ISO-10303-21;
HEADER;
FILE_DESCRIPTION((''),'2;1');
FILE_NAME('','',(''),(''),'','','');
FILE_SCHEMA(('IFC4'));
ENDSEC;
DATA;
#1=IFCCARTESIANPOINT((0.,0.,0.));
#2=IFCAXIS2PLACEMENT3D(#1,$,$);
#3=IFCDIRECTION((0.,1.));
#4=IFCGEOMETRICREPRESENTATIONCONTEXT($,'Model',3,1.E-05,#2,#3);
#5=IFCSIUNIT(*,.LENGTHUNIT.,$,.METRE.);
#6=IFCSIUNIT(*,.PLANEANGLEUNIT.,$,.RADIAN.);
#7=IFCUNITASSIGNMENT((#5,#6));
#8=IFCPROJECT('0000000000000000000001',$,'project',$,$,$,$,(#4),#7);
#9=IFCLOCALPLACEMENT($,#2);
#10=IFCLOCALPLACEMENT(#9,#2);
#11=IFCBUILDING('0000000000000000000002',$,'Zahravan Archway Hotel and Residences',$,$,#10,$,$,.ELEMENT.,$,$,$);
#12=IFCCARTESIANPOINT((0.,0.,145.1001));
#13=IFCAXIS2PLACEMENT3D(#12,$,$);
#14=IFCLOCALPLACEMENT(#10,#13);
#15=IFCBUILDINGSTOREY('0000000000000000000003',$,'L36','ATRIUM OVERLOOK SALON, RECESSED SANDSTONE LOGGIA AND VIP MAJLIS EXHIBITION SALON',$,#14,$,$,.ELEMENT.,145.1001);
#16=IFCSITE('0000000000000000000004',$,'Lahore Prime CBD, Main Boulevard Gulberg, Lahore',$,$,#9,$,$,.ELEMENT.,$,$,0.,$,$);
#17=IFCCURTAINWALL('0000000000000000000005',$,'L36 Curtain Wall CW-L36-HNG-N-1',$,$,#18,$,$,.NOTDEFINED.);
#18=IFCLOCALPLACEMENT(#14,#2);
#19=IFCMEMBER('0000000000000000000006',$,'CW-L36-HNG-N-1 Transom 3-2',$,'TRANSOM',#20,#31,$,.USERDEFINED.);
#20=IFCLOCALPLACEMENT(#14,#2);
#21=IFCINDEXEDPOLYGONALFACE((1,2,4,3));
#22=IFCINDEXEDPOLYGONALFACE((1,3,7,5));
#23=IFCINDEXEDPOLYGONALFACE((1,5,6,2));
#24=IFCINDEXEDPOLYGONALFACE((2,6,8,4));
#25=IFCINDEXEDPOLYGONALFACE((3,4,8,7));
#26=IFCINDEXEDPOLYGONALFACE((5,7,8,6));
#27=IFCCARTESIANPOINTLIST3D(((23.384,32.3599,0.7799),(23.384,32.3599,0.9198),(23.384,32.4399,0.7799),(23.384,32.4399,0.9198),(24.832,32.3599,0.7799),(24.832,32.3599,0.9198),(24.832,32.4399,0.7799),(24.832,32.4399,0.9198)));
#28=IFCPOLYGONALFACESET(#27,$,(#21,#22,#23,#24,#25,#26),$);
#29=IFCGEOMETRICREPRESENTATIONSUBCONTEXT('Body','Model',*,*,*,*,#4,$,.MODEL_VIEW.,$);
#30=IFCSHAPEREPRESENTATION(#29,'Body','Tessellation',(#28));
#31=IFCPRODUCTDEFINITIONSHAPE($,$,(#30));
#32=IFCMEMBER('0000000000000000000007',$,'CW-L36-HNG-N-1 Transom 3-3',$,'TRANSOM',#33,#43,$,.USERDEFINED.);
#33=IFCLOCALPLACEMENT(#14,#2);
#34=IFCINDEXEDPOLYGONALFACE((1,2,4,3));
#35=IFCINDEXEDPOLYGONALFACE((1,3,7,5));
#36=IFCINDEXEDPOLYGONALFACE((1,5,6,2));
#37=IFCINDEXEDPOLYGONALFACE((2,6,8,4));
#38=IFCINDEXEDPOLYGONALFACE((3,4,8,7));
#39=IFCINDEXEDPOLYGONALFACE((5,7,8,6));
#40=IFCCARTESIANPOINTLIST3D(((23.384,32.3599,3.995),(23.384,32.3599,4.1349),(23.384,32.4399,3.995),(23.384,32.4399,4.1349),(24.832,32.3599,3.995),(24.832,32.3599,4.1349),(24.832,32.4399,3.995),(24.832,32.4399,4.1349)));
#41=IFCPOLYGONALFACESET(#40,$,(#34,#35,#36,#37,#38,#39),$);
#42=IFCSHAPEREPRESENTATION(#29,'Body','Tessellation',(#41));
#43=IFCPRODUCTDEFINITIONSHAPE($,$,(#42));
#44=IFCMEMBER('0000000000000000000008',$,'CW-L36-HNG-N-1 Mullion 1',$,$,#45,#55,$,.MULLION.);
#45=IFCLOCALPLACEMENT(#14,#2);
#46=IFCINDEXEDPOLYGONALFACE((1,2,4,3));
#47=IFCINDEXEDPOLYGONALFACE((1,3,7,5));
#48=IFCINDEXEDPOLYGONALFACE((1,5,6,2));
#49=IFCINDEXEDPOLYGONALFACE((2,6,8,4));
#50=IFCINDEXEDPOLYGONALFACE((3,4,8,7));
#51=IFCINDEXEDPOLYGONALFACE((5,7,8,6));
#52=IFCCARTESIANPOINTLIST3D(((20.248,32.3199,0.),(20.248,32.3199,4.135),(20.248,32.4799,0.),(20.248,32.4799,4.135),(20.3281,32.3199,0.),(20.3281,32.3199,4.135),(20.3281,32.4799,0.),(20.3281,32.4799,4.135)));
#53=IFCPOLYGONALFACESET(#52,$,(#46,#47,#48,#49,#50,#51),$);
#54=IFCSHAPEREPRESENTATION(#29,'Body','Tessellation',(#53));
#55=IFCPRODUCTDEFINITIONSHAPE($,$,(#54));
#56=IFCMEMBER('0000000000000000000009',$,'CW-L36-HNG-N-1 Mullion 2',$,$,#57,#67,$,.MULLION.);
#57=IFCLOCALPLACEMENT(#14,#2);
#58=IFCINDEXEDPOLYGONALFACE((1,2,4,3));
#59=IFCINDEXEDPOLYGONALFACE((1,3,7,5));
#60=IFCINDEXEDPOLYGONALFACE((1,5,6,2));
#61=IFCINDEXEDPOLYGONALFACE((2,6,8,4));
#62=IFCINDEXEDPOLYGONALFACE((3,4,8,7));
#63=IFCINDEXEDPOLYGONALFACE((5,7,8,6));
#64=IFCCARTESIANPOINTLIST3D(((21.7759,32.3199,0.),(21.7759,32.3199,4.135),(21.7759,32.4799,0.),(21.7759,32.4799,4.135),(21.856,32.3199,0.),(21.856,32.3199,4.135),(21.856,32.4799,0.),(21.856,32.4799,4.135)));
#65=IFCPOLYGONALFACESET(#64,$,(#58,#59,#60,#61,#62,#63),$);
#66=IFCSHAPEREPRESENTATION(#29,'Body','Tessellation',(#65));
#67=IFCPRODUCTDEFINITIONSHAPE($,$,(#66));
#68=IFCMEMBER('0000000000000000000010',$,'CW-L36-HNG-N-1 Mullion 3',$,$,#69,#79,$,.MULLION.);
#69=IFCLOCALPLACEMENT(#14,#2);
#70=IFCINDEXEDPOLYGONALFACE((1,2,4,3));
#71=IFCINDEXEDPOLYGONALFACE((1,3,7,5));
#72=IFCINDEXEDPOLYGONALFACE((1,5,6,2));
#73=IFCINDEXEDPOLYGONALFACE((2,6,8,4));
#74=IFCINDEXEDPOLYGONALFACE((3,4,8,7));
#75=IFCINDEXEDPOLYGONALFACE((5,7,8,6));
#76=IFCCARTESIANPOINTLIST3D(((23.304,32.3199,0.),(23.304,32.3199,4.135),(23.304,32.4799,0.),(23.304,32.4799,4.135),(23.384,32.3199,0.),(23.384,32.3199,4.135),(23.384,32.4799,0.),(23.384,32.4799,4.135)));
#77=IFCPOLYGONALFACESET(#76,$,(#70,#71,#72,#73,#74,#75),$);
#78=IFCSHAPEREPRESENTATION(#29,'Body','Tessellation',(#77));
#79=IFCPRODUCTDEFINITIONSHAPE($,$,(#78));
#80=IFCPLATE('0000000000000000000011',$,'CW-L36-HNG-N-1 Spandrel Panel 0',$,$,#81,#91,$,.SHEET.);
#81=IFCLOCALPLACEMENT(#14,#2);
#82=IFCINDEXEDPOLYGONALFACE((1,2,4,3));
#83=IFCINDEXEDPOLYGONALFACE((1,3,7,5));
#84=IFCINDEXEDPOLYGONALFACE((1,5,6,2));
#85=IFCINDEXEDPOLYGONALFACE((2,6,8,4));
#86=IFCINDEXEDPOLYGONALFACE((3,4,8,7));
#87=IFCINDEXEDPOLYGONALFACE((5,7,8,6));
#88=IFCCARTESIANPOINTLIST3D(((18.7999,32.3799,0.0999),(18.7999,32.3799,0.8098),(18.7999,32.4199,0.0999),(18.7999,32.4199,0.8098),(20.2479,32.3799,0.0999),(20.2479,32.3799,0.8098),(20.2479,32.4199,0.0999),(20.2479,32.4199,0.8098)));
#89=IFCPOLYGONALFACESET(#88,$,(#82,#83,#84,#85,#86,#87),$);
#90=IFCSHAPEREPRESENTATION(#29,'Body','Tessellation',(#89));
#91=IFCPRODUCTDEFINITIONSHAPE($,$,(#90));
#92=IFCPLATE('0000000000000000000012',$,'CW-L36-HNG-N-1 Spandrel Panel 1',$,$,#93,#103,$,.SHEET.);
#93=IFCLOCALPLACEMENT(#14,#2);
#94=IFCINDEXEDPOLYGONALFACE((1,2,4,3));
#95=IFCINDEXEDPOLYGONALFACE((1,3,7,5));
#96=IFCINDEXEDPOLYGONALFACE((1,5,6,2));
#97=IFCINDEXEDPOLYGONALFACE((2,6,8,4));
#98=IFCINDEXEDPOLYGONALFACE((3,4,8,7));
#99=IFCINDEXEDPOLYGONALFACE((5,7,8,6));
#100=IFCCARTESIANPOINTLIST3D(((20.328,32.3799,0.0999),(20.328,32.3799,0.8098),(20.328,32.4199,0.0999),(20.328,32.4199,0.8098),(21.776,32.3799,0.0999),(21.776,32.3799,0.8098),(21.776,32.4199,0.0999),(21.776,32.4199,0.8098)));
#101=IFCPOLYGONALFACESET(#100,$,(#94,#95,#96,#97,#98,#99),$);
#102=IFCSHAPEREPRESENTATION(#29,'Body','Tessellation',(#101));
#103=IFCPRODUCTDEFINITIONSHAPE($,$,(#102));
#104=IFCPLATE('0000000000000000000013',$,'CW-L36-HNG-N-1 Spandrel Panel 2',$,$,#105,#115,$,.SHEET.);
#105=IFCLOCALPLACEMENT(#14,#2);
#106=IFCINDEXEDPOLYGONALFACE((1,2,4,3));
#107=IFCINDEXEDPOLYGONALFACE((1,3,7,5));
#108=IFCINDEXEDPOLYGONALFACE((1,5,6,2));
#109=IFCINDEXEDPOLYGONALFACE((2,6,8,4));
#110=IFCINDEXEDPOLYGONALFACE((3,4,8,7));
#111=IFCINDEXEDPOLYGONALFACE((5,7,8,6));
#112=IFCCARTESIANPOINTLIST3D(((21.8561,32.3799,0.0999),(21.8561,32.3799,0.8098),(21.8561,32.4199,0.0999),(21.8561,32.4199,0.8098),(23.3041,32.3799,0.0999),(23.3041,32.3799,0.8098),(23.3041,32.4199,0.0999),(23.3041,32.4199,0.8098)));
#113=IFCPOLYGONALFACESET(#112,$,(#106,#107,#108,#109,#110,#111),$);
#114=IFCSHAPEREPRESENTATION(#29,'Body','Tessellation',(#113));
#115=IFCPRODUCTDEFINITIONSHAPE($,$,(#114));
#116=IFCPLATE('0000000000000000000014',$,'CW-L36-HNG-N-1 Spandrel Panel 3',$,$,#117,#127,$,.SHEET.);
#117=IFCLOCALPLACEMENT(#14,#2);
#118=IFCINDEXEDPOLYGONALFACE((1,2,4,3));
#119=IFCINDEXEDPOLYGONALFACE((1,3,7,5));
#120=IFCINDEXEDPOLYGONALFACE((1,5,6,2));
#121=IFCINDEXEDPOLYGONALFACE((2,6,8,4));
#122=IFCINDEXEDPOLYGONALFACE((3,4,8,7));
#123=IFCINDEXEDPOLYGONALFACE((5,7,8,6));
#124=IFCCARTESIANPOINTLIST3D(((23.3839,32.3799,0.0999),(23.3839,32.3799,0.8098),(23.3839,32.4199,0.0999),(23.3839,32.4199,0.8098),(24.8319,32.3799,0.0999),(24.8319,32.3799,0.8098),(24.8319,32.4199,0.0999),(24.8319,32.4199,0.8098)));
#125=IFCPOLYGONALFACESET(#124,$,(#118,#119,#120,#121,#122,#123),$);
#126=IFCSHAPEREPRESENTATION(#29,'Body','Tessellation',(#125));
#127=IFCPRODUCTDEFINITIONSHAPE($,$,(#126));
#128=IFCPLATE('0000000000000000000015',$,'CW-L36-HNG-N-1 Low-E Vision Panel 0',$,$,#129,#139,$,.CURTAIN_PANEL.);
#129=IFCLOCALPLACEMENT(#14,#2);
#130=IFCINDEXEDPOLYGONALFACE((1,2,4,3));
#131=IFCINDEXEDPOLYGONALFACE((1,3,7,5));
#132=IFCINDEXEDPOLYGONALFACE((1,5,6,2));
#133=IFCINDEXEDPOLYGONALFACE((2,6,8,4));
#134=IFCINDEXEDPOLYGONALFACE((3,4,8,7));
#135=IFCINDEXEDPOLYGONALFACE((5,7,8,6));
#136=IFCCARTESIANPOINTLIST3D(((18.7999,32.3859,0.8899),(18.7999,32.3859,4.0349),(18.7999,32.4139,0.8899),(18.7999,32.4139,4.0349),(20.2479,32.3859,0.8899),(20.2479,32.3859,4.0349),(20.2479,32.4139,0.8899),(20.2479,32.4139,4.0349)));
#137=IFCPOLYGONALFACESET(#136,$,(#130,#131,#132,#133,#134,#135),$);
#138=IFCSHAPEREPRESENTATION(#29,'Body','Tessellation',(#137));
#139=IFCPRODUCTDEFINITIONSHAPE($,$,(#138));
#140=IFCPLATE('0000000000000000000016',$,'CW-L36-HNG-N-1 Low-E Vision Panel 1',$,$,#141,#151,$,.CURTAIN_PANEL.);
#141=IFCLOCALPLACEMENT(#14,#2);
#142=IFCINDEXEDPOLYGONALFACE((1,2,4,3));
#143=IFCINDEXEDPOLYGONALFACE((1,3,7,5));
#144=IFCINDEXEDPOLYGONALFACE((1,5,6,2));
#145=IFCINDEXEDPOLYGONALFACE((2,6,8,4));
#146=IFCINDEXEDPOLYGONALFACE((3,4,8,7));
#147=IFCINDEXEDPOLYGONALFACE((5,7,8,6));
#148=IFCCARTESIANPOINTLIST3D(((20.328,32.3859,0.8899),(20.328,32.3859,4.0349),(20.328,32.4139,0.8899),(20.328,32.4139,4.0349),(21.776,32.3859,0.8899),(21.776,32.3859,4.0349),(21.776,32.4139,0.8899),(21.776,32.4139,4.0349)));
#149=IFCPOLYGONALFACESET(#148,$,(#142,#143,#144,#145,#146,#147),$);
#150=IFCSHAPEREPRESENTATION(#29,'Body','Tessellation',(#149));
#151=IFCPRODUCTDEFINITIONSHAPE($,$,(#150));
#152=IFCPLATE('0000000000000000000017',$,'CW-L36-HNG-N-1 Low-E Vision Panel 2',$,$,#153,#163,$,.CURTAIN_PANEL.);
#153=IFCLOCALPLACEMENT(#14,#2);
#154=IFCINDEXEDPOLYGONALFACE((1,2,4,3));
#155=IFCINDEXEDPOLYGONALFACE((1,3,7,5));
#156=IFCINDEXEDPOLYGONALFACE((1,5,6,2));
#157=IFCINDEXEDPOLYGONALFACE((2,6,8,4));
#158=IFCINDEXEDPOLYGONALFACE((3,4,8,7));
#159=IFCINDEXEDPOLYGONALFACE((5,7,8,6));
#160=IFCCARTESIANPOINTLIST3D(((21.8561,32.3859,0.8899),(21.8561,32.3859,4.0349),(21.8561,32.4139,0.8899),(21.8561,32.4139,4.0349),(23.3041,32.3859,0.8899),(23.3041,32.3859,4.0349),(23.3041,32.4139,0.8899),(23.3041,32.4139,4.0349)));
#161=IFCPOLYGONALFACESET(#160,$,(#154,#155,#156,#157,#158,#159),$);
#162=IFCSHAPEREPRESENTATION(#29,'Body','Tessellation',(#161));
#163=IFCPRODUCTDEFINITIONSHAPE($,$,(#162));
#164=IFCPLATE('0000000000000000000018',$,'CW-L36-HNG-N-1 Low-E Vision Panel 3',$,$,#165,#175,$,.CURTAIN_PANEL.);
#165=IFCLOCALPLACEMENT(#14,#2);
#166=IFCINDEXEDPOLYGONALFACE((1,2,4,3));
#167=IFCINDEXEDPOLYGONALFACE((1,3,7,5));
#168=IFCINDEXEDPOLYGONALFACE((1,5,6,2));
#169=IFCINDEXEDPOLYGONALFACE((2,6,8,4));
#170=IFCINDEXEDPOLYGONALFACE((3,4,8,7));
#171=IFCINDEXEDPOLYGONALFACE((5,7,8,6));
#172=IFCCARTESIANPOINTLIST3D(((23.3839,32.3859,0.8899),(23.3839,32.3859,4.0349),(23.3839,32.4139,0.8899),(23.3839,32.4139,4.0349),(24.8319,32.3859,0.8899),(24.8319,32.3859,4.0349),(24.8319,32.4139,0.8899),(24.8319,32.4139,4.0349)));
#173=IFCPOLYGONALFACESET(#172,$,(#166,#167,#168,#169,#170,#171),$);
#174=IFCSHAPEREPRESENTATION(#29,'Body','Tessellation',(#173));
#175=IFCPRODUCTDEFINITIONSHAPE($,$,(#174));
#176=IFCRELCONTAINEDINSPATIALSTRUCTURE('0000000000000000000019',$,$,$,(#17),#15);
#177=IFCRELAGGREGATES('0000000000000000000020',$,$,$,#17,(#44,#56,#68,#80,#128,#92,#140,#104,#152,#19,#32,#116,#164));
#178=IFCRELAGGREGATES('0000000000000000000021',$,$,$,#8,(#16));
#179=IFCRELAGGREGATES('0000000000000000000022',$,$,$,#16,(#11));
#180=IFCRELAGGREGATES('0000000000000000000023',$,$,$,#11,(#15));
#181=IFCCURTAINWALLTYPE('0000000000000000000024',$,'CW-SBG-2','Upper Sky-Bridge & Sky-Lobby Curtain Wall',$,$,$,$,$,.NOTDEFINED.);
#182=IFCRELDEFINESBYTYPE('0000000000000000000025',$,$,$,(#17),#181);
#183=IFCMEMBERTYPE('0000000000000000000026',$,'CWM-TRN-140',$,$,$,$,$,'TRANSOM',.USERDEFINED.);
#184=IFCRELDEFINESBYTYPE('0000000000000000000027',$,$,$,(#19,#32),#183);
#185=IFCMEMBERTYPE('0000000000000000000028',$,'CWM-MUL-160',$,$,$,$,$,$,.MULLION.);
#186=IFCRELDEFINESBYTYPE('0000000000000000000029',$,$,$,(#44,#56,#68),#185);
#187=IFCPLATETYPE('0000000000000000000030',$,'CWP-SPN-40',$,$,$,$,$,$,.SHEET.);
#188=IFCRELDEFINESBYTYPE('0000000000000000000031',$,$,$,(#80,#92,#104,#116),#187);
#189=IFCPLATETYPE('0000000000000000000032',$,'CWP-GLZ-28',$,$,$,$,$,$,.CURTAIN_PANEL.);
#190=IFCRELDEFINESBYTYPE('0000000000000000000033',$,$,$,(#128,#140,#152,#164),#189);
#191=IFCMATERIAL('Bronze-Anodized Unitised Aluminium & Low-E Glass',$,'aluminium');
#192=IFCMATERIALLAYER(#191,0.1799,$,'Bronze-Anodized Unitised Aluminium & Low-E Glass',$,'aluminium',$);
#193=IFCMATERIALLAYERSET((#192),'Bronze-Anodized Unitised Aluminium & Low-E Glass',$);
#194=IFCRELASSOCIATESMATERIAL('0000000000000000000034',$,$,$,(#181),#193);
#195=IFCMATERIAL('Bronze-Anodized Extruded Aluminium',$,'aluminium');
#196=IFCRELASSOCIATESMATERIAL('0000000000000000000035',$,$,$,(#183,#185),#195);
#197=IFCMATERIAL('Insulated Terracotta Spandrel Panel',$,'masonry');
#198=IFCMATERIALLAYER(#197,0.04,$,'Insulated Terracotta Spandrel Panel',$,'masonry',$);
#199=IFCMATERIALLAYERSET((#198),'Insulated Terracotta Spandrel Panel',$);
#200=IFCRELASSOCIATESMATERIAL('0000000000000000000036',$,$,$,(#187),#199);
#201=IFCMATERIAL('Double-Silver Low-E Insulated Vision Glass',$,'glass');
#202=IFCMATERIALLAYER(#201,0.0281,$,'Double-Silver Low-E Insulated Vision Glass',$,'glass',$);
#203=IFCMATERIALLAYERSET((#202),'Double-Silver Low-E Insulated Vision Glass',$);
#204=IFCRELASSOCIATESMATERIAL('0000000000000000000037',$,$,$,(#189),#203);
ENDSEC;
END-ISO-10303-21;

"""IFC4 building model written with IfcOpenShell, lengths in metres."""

from ifc_helpers import new_model, si_unit, direction, frame, origin, origin_2d, place, context, subcontext, project, spatial, rectangle, extrude, source, transform, mapped, material, layer, layer_set, material_profile, profile_set, type_object, element, aggregate, save


model = new_model("IFC4")

# Units and contexts
model_context = context("Model", 3, precision=1e-05, world=origin(), true_north=direction((0.0, 1.0)))
body_context = subcontext(model_context, "Body", "Model", "MODEL_VIEW")
ifc_project = project(units=[si_unit("LENGTHUNIT", "METRE"), si_unit("PLANEANGLEUNIT", "RADIAN")], contexts=[model_context])

# Site, building, storey
site_placement = place(None, origin())
site = spatial("IfcSite", under=ifc_project, at=site_placement, Name="Lahore Prime CBD, Main Boulevard Gulberg, Lahore", CompositionType="ELEMENT", RefElevation=0.0)
building_placement = place(site_placement, origin())
building = spatial("IfcBuilding", under=site, at=building_placement, Name="Zahravan Archway Hotel and Residences", CompositionType="ELEMENT")
storey_placement = place(building_placement, frame((0.0, 0.0, 145.1001)))
storey = spatial("IfcBuildingStorey", under=building, at=storey_placement, Name="L36", Description="ATRIUM OVERLOOK SALON, RECESSED SANDSTONE LOGGIA AND VIP MAJLIS EXHIBITION SALON", CompositionType="ELEMENT", Elevation=145.1001)

# Curtain wall, members, plates
ifc_material_1 = material(Name="Bronze-Anodized Unitised Aluminium & Low-E Glass", Category="aluminium")
ifc_layer_1 = layer(ifc_material_1, 0.1799, Name="Bronze-Anodized Unitised Aluminium & Low-E Glass", Category="aluminium")
ifc_layer_set_1 = layer_set([ifc_layer_1], Name="Bronze-Anodized Unitised Aluminium & Low-E Glass")
curtain_wall_type = type_object("IfcCurtainWallType", Name="CW-SBG-2", Description="Upper Sky-Bridge & Sky-Lobby Curtain Wall", PredefinedType="NOTDEFINED", material=ifc_layer_set_1)
curtain_wall_placement = place(storey_placement, origin())
curtain_wall = element("IfcCurtainWall", 1, at=curtain_wall_placement, inside=storey, type_object=curtain_wall_type, Name="L36 Curtain Wall CW-L36-HNG-N-1", PredefinedType="NOTDEFINED")
ifc_material_2 = material(Name="Bronze-Anodized Extruded Aluminium", Category="aluminium")
ifc_material_profile_1 = material_profile(ifc_material_2, rectangle(XDim=0.0801, YDim=0.1399, at=origin_2d()), Name="TRN 80x140", Category="aluminium")
ifc_profile_set_1 = profile_set([ifc_material_profile_1], Name="Bronze-Anodized Extruded Aluminium")
member_type_1 = type_object("IfcMemberType", Name="CWM-TRN-140", ElementType="TRANSOM", PredefinedType="USERDEFINED", material=ifc_profile_set_1)
shared_shape_1 = source(origin(), body_context, "Body", "SweptSolid", [
    extrude(rectangle(XDim=0.0801, YDim=0.1399, at=origin_2d()), origin(), (0.0, 0.0, 1.0), 1.448),
])
member_1_placement = place(storey_placement, frame((23.384, 32.3999, 0.8499), z_axis=(1.0, 0.0, 0.0), x_axis=(0.0, 1.0, 0.0)))
member_1 = element("IfcMember", 2, at=member_1_placement, type_object=member_type_1, Name="CW-L36-HNG-N-1 Transom 3-2", ObjectType="TRANSOM", PredefinedType="USERDEFINED", context=body_context, shape_type="MappedRepresentation", body=[
    mapped(shared_shape_1, transform((0.0, 0.0, 0.0), scale=1.0)),
])
member_2_placement = place(storey_placement, frame((23.384, 32.3999, 4.0649), z_axis=(1.0, 0.0, 0.0), x_axis=(0.0, 1.0, 0.0)))
member_2 = element("IfcMember", 3, at=member_2_placement, type_object=member_type_1, Name="CW-L36-HNG-N-1 Transom 3-3", ObjectType="TRANSOM", PredefinedType="USERDEFINED", context=body_context, shape_type="MappedRepresentation", body=[
    mapped(shared_shape_1, transform((0.0, 0.0, 0.0), scale=1.0)),
])
ifc_material_profile_2 = material_profile(ifc_material_2, rectangle(XDim=0.0801, YDim=0.1599, at=origin_2d()), Name="MUL 80x160", Category="aluminium")
ifc_profile_set_2 = profile_set([ifc_material_profile_2], Name="Bronze-Anodized Extruded Aluminium")
member_type_2 = type_object("IfcMemberType", Name="CWM-MUL-160", PredefinedType="MULLION", material=ifc_profile_set_2)
shared_shape_2 = source(origin(), body_context, "Body", "SweptSolid", [
    extrude(rectangle(XDim=0.0801, YDim=0.1599, at=origin_2d()), origin(), (0.0, 0.0, 1.0), 4.135),
])
member_3_placement = place(storey_placement, frame((20.2881, 32.3999, 0.0), z_axis=(0.0, 0.0, 1.0), x_axis=(1.0, 0.0, 0.0)))
member_3 = element("IfcMember", 4, at=member_3_placement, type_object=member_type_2, Name="CW-L36-HNG-N-1 Mullion 1", PredefinedType="MULLION", context=body_context, shape_type="MappedRepresentation", body=[
    mapped(shared_shape_2, transform((0.0, 0.0, 0.0), scale=1.0)),
])
member_4_placement = place(storey_placement, frame((21.8159, 32.3999, 0.0), z_axis=(0.0, 0.0, 1.0), x_axis=(1.0, 0.0, 0.0)))
member_4 = element("IfcMember", 5, at=member_4_placement, type_object=member_type_2, Name="CW-L36-HNG-N-1 Mullion 2", PredefinedType="MULLION", context=body_context, shape_type="MappedRepresentation", body=[
    mapped(shared_shape_2, transform((0.0, 0.0, 0.0), scale=1.0)),
])
member_5_placement = place(storey_placement, frame((23.344, 32.3999, 0.0), z_axis=(0.0, 0.0, 1.0), x_axis=(1.0, 0.0, 0.0)))
member_5 = element("IfcMember", 6, at=member_5_placement, type_object=member_type_2, Name="CW-L36-HNG-N-1 Mullion 3", PredefinedType="MULLION", context=body_context, shape_type="MappedRepresentation", body=[
    mapped(shared_shape_2, transform((0.0, 0.0, 0.0), scale=1.0)),
])
ifc_material_3 = material(Name="Insulated Terracotta Spandrel Panel", Category="masonry")
ifc_layer_2 = layer(ifc_material_3, 0.04, Name="Insulated Terracotta Spandrel Panel", Category="masonry")
ifc_layer_set_2 = layer_set([ifc_layer_2], Name="Insulated Terracotta Spandrel Panel")
plate_type_1 = type_object("IfcPlateType", Name="CWP-SPN-40", PredefinedType="SHEET", material=ifc_layer_set_2)
shared_shape_3 = source(origin(), body_context, "Body", "SweptSolid", [
    extrude(rectangle(XDim=1.448, YDim=0.04, at=origin_2d()), origin(), (0.0, 0.0, 1.0), 0.71),
])
plate_1_placement = place(storey_placement, frame((19.5239, 32.3999, 0.0999), z_axis=(0.0, 0.0, 1.0), x_axis=(1.0, 0.0, 0.0)))
plate_1 = element("IfcPlate", 7, at=plate_1_placement, type_object=plate_type_1, Name="CW-L36-HNG-N-1 Spandrel Panel 0", PredefinedType="SHEET", context=body_context, shape_type="MappedRepresentation", body=[
    mapped(shared_shape_3, transform((0.0, 0.0, 0.0), scale=1.0)),
])
plate_2_placement = place(storey_placement, frame((21.052, 32.3999, 0.0999), z_axis=(0.0, 0.0, 1.0), x_axis=(1.0, 0.0, 0.0)))
plate_2 = element("IfcPlate", 8, at=plate_2_placement, type_object=plate_type_1, Name="CW-L36-HNG-N-1 Spandrel Panel 1", PredefinedType="SHEET", context=body_context, shape_type="MappedRepresentation", body=[
    mapped(shared_shape_3, transform((0.0, 0.0, 0.0), scale=1.0)),
])
plate_3_placement = place(storey_placement, frame((22.5801, 32.3999, 0.0999), z_axis=(0.0, 0.0, 1.0), x_axis=(1.0, 0.0, 0.0)))
plate_3 = element("IfcPlate", 9, at=plate_3_placement, type_object=plate_type_1, Name="CW-L36-HNG-N-1 Spandrel Panel 2", PredefinedType="SHEET", context=body_context, shape_type="MappedRepresentation", body=[
    mapped(shared_shape_3, transform((0.0, 0.0, 0.0), scale=1.0)),
])
plate_4_placement = place(storey_placement, frame((24.1079, 32.3999, 0.0999), z_axis=(0.0, 0.0, 1.0), x_axis=(1.0, 0.0, 0.0)))
plate_4 = element("IfcPlate", 10, at=plate_4_placement, type_object=plate_type_1, Name="CW-L36-HNG-N-1 Spandrel Panel 3", PredefinedType="SHEET", context=body_context, shape_type="MappedRepresentation", body=[
    mapped(shared_shape_3, transform((0.0, 0.0, 0.0), scale=1.0)),
])
ifc_material_4 = material(Name="Double-Silver Low-E Insulated Vision Glass", Category="glass")
ifc_layer_3 = layer(ifc_material_4, 0.0281, Name="Double-Silver Low-E Insulated Vision Glass", Category="glass")
ifc_layer_set_3 = layer_set([ifc_layer_3], Name="Double-Silver Low-E Insulated Vision Glass")
plate_type_2 = type_object("IfcPlateType", Name="CWP-GLZ-28", PredefinedType="CURTAIN_PANEL", material=ifc_layer_set_3)
shared_shape_4 = source(origin(), body_context, "Body", "SweptSolid", [
    extrude(rectangle(XDim=1.448, YDim=0.0281, at=origin_2d()), origin(), (0.0, 0.0, 1.0), 3.145),
])
plate_5_placement = place(storey_placement, frame((19.5239, 32.3999, 0.8899), z_axis=(0.0, 0.0, 1.0), x_axis=(1.0, 0.0, 0.0)))
plate_5 = element("IfcPlate", 11, at=plate_5_placement, type_object=plate_type_2, Name="CW-L36-HNG-N-1 Low-E Vision Panel 0", PredefinedType="CURTAIN_PANEL", context=body_context, shape_type="MappedRepresentation", body=[
    mapped(shared_shape_4, transform((0.0, 0.0, 0.0), scale=1.0)),
])
plate_6_placement = place(storey_placement, frame((21.052, 32.3999, 0.8899), z_axis=(0.0, 0.0, 1.0), x_axis=(1.0, 0.0, 0.0)))
plate_6 = element("IfcPlate", 12, at=plate_6_placement, type_object=plate_type_2, Name="CW-L36-HNG-N-1 Low-E Vision Panel 1", PredefinedType="CURTAIN_PANEL", context=body_context, shape_type="MappedRepresentation", body=[
    mapped(shared_shape_4, transform((0.0, 0.0, 0.0), scale=1.0)),
])
plate_7_placement = place(storey_placement, frame((22.5801, 32.3999, 0.8899), z_axis=(0.0, 0.0, 1.0), x_axis=(1.0, 0.0, 0.0)))
plate_7 = element("IfcPlate", 13, at=plate_7_placement, type_object=plate_type_2, Name="CW-L36-HNG-N-1 Low-E Vision Panel 2", PredefinedType="CURTAIN_PANEL", context=body_context, shape_type="MappedRepresentation", body=[
    mapped(shared_shape_4, transform((0.0, 0.0, 0.0), scale=1.0)),
])
plate_8_placement = place(storey_placement, frame((24.1079, 32.3999, 0.8899), z_axis=(0.0, 0.0, 1.0), x_axis=(1.0, 0.0, 0.0)))
plate_8 = element("IfcPlate", 14, at=plate_8_placement, type_object=plate_type_2, Name="CW-L36-HNG-N-1 Low-E Vision Panel 3", PredefinedType="CURTAIN_PANEL", context=body_context, shape_type="MappedRepresentation", body=[
    mapped(shared_shape_4, transform((0.0, 0.0, 0.0), scale=1.0)),
])
aggregate(curtain_wall, [member_3, member_4, member_5, plate_1, plate_5, plate_2, plate_6, plate_3, plate_7, member_1, member_2, plate_4, plate_8])

save(model, "model.ifc")
